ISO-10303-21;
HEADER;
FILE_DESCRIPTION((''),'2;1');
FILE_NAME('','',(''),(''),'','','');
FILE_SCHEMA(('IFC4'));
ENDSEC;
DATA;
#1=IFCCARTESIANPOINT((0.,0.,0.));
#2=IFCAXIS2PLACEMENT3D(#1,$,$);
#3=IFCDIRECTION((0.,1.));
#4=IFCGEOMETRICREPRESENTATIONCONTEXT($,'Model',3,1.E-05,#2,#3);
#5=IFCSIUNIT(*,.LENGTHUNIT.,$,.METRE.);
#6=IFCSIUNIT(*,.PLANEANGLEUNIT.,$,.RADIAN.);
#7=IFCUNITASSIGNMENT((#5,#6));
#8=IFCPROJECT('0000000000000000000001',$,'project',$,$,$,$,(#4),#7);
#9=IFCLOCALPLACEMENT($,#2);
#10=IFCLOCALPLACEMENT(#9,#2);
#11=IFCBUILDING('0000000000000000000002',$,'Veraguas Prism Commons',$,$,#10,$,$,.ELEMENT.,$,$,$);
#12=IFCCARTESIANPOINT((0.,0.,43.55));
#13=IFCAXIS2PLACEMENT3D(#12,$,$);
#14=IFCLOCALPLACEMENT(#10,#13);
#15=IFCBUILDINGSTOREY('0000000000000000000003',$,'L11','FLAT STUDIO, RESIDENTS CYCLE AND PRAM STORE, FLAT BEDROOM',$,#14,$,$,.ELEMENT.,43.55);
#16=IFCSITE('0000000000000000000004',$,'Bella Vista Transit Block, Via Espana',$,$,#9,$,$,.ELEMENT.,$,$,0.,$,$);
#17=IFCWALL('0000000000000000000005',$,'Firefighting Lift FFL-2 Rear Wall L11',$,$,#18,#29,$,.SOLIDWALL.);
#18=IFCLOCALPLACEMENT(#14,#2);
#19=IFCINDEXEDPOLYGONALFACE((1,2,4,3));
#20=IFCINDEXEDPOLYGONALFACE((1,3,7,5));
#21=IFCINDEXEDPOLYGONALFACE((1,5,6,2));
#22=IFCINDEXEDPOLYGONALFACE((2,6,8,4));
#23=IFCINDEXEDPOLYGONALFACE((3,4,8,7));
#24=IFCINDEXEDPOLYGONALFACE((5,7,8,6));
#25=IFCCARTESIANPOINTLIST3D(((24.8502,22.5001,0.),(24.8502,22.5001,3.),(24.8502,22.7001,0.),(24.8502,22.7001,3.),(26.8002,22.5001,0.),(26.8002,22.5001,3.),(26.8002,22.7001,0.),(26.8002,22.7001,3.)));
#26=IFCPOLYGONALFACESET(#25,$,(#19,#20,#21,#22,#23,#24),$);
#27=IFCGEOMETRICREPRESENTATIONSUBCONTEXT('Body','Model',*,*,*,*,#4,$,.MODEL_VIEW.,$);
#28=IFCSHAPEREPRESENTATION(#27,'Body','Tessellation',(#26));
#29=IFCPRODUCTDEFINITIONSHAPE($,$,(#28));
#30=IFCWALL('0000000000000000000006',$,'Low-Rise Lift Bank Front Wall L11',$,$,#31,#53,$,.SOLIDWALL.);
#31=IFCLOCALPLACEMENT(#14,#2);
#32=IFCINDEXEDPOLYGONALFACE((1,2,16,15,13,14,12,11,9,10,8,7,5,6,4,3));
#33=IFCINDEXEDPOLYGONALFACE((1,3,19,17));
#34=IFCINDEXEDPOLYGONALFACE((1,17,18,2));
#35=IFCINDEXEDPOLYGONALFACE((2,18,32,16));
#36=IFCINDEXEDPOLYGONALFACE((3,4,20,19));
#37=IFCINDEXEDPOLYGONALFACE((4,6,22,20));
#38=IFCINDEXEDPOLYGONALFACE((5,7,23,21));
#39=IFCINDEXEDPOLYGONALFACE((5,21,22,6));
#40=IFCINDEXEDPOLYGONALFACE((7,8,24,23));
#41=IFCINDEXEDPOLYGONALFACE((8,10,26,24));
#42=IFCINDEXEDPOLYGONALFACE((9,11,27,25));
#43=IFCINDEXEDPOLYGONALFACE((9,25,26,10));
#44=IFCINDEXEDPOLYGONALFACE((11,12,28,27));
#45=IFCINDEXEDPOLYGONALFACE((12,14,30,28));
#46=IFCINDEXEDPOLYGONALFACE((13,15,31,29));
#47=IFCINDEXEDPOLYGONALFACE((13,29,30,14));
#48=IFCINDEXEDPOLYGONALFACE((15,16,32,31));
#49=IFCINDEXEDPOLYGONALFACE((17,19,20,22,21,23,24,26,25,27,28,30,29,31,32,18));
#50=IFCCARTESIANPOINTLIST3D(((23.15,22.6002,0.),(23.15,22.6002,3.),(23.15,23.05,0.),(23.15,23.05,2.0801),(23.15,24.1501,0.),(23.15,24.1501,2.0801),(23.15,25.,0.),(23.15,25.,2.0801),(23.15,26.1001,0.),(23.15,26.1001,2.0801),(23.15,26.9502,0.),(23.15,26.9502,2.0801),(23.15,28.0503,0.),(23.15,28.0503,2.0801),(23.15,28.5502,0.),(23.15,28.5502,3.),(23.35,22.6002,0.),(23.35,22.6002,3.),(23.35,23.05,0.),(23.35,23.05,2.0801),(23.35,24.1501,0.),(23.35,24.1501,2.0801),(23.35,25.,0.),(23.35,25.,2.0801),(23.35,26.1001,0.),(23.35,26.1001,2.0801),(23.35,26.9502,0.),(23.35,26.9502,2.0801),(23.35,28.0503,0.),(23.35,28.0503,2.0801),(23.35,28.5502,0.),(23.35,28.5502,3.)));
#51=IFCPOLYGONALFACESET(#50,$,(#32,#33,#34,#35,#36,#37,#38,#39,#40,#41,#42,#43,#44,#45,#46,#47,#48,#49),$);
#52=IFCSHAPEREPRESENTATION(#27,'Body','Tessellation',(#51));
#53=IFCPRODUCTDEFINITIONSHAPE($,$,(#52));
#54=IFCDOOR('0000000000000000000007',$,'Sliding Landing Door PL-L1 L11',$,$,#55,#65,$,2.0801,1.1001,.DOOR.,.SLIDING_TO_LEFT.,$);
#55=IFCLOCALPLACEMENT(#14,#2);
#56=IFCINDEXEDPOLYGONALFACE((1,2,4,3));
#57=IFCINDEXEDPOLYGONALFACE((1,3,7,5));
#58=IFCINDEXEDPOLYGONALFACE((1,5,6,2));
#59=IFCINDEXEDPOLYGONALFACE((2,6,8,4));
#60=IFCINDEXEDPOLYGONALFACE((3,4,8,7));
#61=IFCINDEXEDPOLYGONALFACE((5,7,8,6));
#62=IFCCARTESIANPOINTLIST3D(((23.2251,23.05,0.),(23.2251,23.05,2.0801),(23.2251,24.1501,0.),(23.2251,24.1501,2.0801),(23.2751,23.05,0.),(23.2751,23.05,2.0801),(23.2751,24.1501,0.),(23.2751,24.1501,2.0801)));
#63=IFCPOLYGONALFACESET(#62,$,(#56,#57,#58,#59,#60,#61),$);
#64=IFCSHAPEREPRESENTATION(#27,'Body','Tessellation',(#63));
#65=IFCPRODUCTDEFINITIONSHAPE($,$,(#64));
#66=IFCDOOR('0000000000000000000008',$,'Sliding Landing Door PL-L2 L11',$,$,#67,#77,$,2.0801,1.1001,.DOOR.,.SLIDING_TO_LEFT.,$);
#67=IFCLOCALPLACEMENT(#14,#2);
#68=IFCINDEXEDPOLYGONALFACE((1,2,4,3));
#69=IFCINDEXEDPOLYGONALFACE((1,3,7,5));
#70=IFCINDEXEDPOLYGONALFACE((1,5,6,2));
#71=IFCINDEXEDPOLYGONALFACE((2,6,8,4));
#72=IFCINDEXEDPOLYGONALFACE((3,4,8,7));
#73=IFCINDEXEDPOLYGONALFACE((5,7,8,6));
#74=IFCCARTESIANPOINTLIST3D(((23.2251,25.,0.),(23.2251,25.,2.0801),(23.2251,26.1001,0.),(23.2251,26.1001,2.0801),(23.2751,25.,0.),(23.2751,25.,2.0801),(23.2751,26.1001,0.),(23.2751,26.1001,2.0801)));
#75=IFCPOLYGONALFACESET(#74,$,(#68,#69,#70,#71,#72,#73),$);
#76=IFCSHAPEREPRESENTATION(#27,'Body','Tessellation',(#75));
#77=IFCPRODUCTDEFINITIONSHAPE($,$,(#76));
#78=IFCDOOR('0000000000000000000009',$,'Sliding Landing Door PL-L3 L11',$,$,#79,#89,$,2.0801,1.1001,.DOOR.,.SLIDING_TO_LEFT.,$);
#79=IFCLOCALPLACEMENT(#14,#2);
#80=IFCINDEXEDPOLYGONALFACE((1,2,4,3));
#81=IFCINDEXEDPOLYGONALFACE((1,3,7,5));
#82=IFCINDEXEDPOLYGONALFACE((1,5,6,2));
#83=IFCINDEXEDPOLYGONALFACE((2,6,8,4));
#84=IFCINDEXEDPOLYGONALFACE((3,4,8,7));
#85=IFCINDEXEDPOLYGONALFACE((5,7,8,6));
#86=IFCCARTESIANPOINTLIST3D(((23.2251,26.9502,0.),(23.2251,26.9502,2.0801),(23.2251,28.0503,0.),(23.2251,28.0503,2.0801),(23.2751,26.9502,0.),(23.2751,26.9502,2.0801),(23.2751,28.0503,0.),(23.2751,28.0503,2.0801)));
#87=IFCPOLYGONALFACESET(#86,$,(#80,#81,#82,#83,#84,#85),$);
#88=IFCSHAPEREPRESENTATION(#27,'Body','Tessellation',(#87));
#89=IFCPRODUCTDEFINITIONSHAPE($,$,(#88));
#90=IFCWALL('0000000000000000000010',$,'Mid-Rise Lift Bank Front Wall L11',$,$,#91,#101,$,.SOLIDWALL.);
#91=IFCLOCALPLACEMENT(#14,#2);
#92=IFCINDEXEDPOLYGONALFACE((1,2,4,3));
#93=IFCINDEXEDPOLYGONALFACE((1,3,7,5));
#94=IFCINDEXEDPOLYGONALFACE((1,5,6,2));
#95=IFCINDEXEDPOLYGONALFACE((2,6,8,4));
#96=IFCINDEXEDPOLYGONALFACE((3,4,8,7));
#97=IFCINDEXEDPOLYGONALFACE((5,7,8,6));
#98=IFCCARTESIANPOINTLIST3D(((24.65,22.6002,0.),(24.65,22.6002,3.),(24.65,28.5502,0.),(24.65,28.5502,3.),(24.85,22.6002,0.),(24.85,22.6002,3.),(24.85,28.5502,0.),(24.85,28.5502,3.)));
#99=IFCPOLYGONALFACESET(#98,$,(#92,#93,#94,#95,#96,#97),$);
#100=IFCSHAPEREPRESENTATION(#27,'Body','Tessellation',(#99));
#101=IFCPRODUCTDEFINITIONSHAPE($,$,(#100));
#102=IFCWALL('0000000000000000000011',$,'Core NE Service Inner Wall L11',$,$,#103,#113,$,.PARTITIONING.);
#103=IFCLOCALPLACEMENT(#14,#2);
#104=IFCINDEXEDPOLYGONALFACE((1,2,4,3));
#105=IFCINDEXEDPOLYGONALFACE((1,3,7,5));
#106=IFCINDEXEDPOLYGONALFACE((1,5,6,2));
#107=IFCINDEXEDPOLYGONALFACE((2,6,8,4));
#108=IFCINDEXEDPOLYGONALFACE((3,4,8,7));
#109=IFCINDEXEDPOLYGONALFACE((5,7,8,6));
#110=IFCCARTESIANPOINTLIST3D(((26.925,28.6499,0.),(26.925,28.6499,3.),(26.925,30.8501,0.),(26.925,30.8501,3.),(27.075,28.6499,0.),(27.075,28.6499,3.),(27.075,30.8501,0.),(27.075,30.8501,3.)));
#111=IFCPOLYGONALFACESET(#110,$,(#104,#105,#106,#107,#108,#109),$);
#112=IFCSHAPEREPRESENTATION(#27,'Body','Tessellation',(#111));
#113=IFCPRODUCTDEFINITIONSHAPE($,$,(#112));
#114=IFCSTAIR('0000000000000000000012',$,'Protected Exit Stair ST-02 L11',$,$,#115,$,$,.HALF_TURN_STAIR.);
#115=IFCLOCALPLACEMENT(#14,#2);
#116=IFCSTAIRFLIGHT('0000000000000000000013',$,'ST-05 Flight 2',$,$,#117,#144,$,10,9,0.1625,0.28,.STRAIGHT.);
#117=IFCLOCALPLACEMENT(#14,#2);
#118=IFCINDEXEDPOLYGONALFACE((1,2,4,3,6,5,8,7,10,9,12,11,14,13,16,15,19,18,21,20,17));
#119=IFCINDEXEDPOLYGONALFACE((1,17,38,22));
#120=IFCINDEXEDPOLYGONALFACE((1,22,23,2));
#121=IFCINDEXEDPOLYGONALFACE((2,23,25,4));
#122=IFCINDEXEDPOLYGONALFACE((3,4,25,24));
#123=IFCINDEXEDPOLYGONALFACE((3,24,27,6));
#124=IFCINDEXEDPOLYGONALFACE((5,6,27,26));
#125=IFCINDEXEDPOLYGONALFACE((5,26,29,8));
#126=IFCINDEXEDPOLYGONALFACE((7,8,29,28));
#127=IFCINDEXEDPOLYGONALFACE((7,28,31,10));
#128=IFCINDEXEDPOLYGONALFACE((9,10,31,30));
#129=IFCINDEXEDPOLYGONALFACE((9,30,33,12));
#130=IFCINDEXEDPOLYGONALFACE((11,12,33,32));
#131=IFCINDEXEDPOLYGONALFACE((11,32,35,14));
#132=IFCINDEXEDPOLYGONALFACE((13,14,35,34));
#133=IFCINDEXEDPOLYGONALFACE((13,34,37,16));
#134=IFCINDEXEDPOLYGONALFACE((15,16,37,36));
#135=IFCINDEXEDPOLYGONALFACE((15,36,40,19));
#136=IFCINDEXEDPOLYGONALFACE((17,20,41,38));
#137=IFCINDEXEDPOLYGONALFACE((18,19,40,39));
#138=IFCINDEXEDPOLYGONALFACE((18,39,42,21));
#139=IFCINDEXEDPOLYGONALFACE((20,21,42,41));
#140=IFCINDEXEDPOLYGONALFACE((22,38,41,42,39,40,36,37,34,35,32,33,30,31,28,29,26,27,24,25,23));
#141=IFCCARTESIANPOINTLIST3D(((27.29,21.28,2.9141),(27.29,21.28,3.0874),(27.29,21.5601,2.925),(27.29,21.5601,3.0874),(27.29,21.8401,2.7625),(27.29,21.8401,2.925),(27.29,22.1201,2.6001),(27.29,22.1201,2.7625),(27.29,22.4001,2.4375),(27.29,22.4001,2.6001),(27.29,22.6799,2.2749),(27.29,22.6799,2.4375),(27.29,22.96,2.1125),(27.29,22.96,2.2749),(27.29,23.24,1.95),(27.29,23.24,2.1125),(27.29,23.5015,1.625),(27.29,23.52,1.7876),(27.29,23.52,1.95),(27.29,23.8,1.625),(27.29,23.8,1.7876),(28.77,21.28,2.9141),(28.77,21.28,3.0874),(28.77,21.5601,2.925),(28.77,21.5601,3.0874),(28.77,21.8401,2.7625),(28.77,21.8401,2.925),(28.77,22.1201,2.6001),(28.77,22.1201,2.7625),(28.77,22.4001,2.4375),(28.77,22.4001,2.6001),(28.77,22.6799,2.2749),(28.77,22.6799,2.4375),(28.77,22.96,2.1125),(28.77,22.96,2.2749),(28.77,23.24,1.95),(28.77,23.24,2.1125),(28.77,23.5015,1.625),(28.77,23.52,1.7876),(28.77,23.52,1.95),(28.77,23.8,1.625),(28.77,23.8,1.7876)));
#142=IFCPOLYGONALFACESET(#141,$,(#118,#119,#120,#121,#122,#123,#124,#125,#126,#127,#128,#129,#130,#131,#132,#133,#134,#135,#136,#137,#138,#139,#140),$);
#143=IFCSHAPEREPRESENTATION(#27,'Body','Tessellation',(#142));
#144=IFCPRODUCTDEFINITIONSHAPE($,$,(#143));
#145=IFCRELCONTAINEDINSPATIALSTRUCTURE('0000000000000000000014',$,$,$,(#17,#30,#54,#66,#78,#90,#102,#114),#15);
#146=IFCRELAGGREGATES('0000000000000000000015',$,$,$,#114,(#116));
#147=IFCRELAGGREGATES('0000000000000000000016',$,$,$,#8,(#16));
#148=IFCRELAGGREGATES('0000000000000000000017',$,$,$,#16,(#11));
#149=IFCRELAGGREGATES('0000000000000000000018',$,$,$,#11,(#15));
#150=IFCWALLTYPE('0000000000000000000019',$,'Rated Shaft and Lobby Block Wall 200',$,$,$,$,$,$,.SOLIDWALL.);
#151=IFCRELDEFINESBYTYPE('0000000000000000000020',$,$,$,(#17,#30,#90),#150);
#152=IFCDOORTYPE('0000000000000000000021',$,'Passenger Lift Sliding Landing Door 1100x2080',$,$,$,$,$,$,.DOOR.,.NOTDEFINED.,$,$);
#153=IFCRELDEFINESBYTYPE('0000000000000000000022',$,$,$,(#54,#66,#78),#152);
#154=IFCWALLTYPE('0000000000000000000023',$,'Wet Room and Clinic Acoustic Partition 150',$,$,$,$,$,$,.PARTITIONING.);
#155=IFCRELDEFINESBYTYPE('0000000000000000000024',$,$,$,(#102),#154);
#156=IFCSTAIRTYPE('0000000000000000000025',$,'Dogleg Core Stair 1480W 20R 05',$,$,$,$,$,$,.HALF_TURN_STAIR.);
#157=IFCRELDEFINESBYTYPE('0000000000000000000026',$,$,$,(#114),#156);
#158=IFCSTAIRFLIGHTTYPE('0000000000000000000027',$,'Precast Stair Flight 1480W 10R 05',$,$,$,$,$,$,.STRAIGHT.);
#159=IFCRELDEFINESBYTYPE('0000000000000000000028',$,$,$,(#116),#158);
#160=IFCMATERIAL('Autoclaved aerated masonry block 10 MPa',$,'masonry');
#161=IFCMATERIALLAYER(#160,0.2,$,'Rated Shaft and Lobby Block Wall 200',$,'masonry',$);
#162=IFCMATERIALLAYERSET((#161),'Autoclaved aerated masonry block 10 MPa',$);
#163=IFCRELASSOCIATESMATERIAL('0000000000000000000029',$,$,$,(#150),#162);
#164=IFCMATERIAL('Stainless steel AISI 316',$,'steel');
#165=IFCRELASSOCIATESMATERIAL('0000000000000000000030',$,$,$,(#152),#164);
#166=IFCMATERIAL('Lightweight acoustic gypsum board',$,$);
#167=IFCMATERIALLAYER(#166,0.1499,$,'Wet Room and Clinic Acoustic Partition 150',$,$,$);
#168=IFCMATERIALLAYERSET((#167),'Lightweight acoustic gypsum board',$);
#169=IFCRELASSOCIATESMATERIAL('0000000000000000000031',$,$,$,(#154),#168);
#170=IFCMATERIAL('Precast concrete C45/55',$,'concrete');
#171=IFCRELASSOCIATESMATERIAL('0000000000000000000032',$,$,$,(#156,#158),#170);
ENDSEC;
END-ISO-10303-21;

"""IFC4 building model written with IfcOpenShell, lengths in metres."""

from ifc_helpers import new_model, si_unit, direction, frame, frame_2d, origin, place, context, subcontext, project, spatial, polyline, rectangle, outline, extrude, source, transform, mapped, material, layer, layer_set, type_object, element, fill, aggregate, save


model = new_model("IFC4")

# Units and contexts
model_context = context("Model", 3, precision=1e-05, world=origin(), true_north=direction((0.0, 1.0)))
body_context = subcontext(model_context, "Body", "Model", "MODEL_VIEW")
ifc_project = project(units=[si_unit("LENGTHUNIT", "METRE"), si_unit("PLANEANGLEUNIT", "RADIAN")], contexts=[model_context])

# Site, building, storey
site_placement = place(None, origin())
site = spatial("IfcSite", under=ifc_project, at=site_placement, Name="Bella Vista Transit Block, Via Espana", CompositionType="ELEMENT", RefElevation=0.0)
building_placement = place(site_placement, origin())
building = spatial("IfcBuilding", under=site, at=building_placement, Name="Veraguas Prism Commons", CompositionType="ELEMENT")
storey_placement = place(building_placement, frame((0.0, 0.0, 43.55)))
storey = spatial("IfcBuildingStorey", under=building, at=storey_placement, Name="L11", Description="FLAT STUDIO, RESIDENTS CYCLE AND PRAM STORE, FLAT BEDROOM", CompositionType="ELEMENT", Elevation=43.55)

# Shared definitions
ifc_material_1 = material(Name="Autoclaved aerated masonry block 10 MPa", Category="masonry")

# Wall
ifc_layer_1 = layer(ifc_material_1, 0.2, Name="Rated Shaft and Lobby Block Wall 200", Category="masonry")
ifc_layer_set_1 = layer_set([ifc_layer_1], Name="Autoclaved aerated masonry block 10 MPa")
wall_type_1 = type_object("IfcWallType", Name="Rated Shaft and Lobby Block Wall 200", PredefinedType="SOLIDWALL", material=ifc_layer_set_1)
wall_1_placement = place(storey_placement, frame((24.8501, 22.6001, 0.0), z_axis=(0.0, 0.0, 1.0), x_axis=(1.0, 0.0, 0.0)))
element("IfcWall", 1, at=wall_1_placement, inside=storey, type_object=wall_type_1, Name="Firefighting Lift FFL-2 Rear Wall L11", PredefinedType="SOLIDWALL", context=body_context, shape_type="SweptSolid", body=[
    extrude(rectangle(XDim=1.95, YDim=0.2, at=frame_2d((0.9751, 0.0))), origin(), (0.0, 0.0, 1.0), 3.0),
])

# Wall, openings, doors
wall_2_placement = place(storey_placement, frame((23.25, 22.6001, 0.0), z_axis=(0.0, 0.0, 1.0), x_axis=(0.0, 1.0, 0.0)))
wall_2 = element("IfcWall", 2, at=wall_2_placement, inside=storey, type_object=wall_type_1, Name="Low-Rise Lift Bank Front Wall L11", PredefinedType="SOLIDWALL", context=body_context, shape_type="SweptSolid", body=[
    extrude(rectangle(XDim=5.95, YDim=0.2, at=frame_2d((2.9751, 0.0))), origin(), (0.0, 0.0, 1.0), 3.0),
])
opening_1_placement = place(wall_2_placement, frame((0.45, 0.0, 0.0)))
opening_1 = element("IfcOpeningElement", 3, at=opening_1_placement, cuts=wall_2, PredefinedType="OPENING", context=body_context, shape_type="SweptSolid", body=[
    extrude(rectangle(XDim=1.1001, YDim=2.0801, at=frame_2d((0.55, 1.04))), frame((0.0, 0.1099, 0.0), z_axis=(0.0, -1.0, 0.0), x_axis=(1.0, 0.0, 0.0)), (0.0, 0.0, 1.0), 0.22),
])
opening_2_placement = place(wall_2_placement, frame((2.3999, 0.0, 0.0)))
opening_2 = element("IfcOpeningElement", 4, at=opening_2_placement, cuts=wall_2, PredefinedType="OPENING", context=body_context, shape_type="SweptSolid", body=[
    extrude(rectangle(XDim=1.1001, YDim=2.0801, at=frame_2d((0.55, 1.04))), frame((0.0, 0.1099, 0.0), z_axis=(0.0, -1.0, 0.0), x_axis=(1.0, 0.0, 0.0)), (0.0, 0.0, 1.0), 0.22),
])
opening_3_placement = place(wall_2_placement, frame((4.3501, 0.0, 0.0)))
opening_3 = element("IfcOpeningElement", 5, at=opening_3_placement, cuts=wall_2, PredefinedType="OPENING", context=body_context, shape_type="SweptSolid", body=[
    extrude(rectangle(XDim=1.1001, YDim=2.0801, at=frame_2d((0.55, 1.04))), frame((0.0, 0.1099, 0.0), z_axis=(0.0, -1.0, 0.0), x_axis=(1.0, 0.0, 0.0)), (0.0, 0.0, 1.0), 0.22),
])
ifc_material_2 = material(Name="Stainless steel AISI 316", Category="steel")
door_type_1 = type_object("IfcDoorType", Name="Passenger Lift Sliding Landing Door 1100x2080", OperationType="NOTDEFINED", PredefinedType="DOOR", material=ifc_material_2)
shared_shape_1 = source(origin(), body_context, "Body", "SweptSolid", [
    extrude(rectangle(XDim=1.1001, YDim=2.0801, at=frame_2d((0.55, 1.04))), frame((0.0, 0.0249, 0.0), z_axis=(0.0, -1.0, 0.0), x_axis=(1.0, 0.0, 0.0)), (0.0, 0.0, 1.0), 0.05),
])
door_1_placement = place(opening_1_placement, origin())
door_1 = element("IfcDoor", 6, at=door_1_placement, inside=storey, type_object=door_type_1, Name="Sliding Landing Door PL-L1 L11", OperationType="SLIDING_TO_LEFT", OverallHeight=2.0801, OverallWidth=1.1001, PredefinedType="DOOR", context=body_context, shape_type="MappedRepresentation", body=[
    mapped(shared_shape_1, transform((0.0, 0.0, 0.0), scale=1.0)),
])
fill(opening_1, door_1)
door_2_placement = place(opening_2_placement, origin())
door_2 = element("IfcDoor", 7, at=door_2_placement, inside=storey, type_object=door_type_1, Name="Sliding Landing Door PL-L2 L11", OperationType="SLIDING_TO_LEFT", OverallHeight=2.0801, OverallWidth=1.1001, PredefinedType="DOOR", context=body_context, shape_type="MappedRepresentation", body=[
    mapped(shared_shape_1, transform((0.0, 0.0, 0.0), scale=1.0)),
])
fill(opening_2, door_2)
door_3_placement = place(opening_3_placement, origin())
door_3 = element("IfcDoor", 8, at=door_3_placement, inside=storey, type_object=door_type_1, Name="Sliding Landing Door PL-L3 L11", OperationType="SLIDING_TO_LEFT", OverallHeight=2.0801, OverallWidth=1.1001, PredefinedType="DOOR", context=body_context, shape_type="MappedRepresentation", body=[
    mapped(shared_shape_1, transform((0.0, 0.0, 0.0), scale=1.0)),
])
fill(opening_3, door_3)

# Walls
wall_3_placement = place(storey_placement, frame((24.75, 22.6001, 0.0), z_axis=(0.0, 0.0, 1.0), x_axis=(0.0, 1.0, 0.0)))
element("IfcWall", 9, at=wall_3_placement, inside=storey, type_object=wall_type_1, Name="Mid-Rise Lift Bank Front Wall L11", PredefinedType="SOLIDWALL", context=body_context, shape_type="SweptSolid", body=[
    extrude(rectangle(XDim=5.95, YDim=0.2, at=frame_2d((2.9751, 0.0))), origin(), (0.0, 0.0, 1.0), 3.0),
])
ifc_material_3 = material(Name="Lightweight acoustic gypsum board")
ifc_layer_2 = layer(ifc_material_3, 0.1499, Name="Wet Room and Clinic Acoustic Partition 150")
ifc_layer_set_2 = layer_set([ifc_layer_2], Name="Lightweight acoustic gypsum board")
wall_type_2 = type_object("IfcWallType", Name="Wet Room and Clinic Acoustic Partition 150", PredefinedType="PARTITIONING", material=ifc_layer_set_2)
wall_4_placement = place(storey_placement, frame((27.0, 28.6499, 0.0), z_axis=(0.0, 0.0, 1.0), x_axis=(0.0, 1.0, 0.0)))
element("IfcWall", 10, at=wall_4_placement, inside=storey, type_object=wall_type_2, Name="Core NE Service Inner Wall L11", PredefinedType="PARTITIONING", context=body_context, shape_type="SweptSolid", body=[
    extrude(rectangle(XDim=2.2002, YDim=0.1499, at=frame_2d((1.1001, 0.0))), origin(), (0.0, 0.0, 1.0), 3.0),
])

# Stair, stair flight
ifc_material_4 = material(Name="Precast concrete C45/55", Category="concrete")
stair_type = type_object("IfcStairType", Name="Dogleg Core Stair 1480W 20R 05", PredefinedType="HALF_TURN_STAIR", material=ifc_material_4)
stair_placement = place(storey_placement, origin())
stair = element("IfcStair", 11, at=stair_placement, inside=storey, type_object=stair_type, Name="Protected Exit Stair ST-02 L11", PredefinedType="HALF_TURN_STAIR")
stair_flight_type = type_object("IfcStairFlightType", Name="Precast Stair Flight 1480W 10R 05", PredefinedType="STRAIGHT", material=ifc_material_4)
stair_flight_placement = place(storey_placement, frame((28.03, 23.8, 1.625), z_axis=(0.0, 0.0, 1.0), x_axis=(0.0, -1.0, 0.0)))
stair_flight = element("IfcStairFlight", 12, at=stair_flight_placement, type_object=stair_flight_type, Name="ST-05 Flight 2", NumberOfRisers=10, NumberOfTreads=9, PredefinedType="STRAIGHT", RiserHeight=0.1625, TreadLength=0.28, context=body_context, shape_type="SweptSolid", body=[
    extrude(outline(polyline([(0.0, 0.0), (0.0, 0.1626), (0.28, 0.1626), (0.28, 0.325), (0.5601, 0.325), (0.5601, 0.4875), (0.8401, 0.4875), (0.8401, 0.6499), (1.1201, 0.6499), (1.1201, 0.8125), (1.3999, 0.8125), (1.3999, 0.9751), (1.6799, 0.9751), (1.6799, 1.1375), (1.96, 1.1375), (1.96, 1.3), (2.24, 1.3), (2.24, 1.4624), (2.52, 1.4624), (2.52, 1.625), (2.52, 1.2891), (0.2986, 0.0), (0.0, 0.0)])), frame((0.0, 0.74, 0.0), z_axis=(0.0, -1.0, 0.0), x_axis=(1.0, 0.0, 0.0)), (0.0, 0.0, 1.0), 1.48),
])
aggregate(stair, [stair_flight])

save(model, "model.ifc")
